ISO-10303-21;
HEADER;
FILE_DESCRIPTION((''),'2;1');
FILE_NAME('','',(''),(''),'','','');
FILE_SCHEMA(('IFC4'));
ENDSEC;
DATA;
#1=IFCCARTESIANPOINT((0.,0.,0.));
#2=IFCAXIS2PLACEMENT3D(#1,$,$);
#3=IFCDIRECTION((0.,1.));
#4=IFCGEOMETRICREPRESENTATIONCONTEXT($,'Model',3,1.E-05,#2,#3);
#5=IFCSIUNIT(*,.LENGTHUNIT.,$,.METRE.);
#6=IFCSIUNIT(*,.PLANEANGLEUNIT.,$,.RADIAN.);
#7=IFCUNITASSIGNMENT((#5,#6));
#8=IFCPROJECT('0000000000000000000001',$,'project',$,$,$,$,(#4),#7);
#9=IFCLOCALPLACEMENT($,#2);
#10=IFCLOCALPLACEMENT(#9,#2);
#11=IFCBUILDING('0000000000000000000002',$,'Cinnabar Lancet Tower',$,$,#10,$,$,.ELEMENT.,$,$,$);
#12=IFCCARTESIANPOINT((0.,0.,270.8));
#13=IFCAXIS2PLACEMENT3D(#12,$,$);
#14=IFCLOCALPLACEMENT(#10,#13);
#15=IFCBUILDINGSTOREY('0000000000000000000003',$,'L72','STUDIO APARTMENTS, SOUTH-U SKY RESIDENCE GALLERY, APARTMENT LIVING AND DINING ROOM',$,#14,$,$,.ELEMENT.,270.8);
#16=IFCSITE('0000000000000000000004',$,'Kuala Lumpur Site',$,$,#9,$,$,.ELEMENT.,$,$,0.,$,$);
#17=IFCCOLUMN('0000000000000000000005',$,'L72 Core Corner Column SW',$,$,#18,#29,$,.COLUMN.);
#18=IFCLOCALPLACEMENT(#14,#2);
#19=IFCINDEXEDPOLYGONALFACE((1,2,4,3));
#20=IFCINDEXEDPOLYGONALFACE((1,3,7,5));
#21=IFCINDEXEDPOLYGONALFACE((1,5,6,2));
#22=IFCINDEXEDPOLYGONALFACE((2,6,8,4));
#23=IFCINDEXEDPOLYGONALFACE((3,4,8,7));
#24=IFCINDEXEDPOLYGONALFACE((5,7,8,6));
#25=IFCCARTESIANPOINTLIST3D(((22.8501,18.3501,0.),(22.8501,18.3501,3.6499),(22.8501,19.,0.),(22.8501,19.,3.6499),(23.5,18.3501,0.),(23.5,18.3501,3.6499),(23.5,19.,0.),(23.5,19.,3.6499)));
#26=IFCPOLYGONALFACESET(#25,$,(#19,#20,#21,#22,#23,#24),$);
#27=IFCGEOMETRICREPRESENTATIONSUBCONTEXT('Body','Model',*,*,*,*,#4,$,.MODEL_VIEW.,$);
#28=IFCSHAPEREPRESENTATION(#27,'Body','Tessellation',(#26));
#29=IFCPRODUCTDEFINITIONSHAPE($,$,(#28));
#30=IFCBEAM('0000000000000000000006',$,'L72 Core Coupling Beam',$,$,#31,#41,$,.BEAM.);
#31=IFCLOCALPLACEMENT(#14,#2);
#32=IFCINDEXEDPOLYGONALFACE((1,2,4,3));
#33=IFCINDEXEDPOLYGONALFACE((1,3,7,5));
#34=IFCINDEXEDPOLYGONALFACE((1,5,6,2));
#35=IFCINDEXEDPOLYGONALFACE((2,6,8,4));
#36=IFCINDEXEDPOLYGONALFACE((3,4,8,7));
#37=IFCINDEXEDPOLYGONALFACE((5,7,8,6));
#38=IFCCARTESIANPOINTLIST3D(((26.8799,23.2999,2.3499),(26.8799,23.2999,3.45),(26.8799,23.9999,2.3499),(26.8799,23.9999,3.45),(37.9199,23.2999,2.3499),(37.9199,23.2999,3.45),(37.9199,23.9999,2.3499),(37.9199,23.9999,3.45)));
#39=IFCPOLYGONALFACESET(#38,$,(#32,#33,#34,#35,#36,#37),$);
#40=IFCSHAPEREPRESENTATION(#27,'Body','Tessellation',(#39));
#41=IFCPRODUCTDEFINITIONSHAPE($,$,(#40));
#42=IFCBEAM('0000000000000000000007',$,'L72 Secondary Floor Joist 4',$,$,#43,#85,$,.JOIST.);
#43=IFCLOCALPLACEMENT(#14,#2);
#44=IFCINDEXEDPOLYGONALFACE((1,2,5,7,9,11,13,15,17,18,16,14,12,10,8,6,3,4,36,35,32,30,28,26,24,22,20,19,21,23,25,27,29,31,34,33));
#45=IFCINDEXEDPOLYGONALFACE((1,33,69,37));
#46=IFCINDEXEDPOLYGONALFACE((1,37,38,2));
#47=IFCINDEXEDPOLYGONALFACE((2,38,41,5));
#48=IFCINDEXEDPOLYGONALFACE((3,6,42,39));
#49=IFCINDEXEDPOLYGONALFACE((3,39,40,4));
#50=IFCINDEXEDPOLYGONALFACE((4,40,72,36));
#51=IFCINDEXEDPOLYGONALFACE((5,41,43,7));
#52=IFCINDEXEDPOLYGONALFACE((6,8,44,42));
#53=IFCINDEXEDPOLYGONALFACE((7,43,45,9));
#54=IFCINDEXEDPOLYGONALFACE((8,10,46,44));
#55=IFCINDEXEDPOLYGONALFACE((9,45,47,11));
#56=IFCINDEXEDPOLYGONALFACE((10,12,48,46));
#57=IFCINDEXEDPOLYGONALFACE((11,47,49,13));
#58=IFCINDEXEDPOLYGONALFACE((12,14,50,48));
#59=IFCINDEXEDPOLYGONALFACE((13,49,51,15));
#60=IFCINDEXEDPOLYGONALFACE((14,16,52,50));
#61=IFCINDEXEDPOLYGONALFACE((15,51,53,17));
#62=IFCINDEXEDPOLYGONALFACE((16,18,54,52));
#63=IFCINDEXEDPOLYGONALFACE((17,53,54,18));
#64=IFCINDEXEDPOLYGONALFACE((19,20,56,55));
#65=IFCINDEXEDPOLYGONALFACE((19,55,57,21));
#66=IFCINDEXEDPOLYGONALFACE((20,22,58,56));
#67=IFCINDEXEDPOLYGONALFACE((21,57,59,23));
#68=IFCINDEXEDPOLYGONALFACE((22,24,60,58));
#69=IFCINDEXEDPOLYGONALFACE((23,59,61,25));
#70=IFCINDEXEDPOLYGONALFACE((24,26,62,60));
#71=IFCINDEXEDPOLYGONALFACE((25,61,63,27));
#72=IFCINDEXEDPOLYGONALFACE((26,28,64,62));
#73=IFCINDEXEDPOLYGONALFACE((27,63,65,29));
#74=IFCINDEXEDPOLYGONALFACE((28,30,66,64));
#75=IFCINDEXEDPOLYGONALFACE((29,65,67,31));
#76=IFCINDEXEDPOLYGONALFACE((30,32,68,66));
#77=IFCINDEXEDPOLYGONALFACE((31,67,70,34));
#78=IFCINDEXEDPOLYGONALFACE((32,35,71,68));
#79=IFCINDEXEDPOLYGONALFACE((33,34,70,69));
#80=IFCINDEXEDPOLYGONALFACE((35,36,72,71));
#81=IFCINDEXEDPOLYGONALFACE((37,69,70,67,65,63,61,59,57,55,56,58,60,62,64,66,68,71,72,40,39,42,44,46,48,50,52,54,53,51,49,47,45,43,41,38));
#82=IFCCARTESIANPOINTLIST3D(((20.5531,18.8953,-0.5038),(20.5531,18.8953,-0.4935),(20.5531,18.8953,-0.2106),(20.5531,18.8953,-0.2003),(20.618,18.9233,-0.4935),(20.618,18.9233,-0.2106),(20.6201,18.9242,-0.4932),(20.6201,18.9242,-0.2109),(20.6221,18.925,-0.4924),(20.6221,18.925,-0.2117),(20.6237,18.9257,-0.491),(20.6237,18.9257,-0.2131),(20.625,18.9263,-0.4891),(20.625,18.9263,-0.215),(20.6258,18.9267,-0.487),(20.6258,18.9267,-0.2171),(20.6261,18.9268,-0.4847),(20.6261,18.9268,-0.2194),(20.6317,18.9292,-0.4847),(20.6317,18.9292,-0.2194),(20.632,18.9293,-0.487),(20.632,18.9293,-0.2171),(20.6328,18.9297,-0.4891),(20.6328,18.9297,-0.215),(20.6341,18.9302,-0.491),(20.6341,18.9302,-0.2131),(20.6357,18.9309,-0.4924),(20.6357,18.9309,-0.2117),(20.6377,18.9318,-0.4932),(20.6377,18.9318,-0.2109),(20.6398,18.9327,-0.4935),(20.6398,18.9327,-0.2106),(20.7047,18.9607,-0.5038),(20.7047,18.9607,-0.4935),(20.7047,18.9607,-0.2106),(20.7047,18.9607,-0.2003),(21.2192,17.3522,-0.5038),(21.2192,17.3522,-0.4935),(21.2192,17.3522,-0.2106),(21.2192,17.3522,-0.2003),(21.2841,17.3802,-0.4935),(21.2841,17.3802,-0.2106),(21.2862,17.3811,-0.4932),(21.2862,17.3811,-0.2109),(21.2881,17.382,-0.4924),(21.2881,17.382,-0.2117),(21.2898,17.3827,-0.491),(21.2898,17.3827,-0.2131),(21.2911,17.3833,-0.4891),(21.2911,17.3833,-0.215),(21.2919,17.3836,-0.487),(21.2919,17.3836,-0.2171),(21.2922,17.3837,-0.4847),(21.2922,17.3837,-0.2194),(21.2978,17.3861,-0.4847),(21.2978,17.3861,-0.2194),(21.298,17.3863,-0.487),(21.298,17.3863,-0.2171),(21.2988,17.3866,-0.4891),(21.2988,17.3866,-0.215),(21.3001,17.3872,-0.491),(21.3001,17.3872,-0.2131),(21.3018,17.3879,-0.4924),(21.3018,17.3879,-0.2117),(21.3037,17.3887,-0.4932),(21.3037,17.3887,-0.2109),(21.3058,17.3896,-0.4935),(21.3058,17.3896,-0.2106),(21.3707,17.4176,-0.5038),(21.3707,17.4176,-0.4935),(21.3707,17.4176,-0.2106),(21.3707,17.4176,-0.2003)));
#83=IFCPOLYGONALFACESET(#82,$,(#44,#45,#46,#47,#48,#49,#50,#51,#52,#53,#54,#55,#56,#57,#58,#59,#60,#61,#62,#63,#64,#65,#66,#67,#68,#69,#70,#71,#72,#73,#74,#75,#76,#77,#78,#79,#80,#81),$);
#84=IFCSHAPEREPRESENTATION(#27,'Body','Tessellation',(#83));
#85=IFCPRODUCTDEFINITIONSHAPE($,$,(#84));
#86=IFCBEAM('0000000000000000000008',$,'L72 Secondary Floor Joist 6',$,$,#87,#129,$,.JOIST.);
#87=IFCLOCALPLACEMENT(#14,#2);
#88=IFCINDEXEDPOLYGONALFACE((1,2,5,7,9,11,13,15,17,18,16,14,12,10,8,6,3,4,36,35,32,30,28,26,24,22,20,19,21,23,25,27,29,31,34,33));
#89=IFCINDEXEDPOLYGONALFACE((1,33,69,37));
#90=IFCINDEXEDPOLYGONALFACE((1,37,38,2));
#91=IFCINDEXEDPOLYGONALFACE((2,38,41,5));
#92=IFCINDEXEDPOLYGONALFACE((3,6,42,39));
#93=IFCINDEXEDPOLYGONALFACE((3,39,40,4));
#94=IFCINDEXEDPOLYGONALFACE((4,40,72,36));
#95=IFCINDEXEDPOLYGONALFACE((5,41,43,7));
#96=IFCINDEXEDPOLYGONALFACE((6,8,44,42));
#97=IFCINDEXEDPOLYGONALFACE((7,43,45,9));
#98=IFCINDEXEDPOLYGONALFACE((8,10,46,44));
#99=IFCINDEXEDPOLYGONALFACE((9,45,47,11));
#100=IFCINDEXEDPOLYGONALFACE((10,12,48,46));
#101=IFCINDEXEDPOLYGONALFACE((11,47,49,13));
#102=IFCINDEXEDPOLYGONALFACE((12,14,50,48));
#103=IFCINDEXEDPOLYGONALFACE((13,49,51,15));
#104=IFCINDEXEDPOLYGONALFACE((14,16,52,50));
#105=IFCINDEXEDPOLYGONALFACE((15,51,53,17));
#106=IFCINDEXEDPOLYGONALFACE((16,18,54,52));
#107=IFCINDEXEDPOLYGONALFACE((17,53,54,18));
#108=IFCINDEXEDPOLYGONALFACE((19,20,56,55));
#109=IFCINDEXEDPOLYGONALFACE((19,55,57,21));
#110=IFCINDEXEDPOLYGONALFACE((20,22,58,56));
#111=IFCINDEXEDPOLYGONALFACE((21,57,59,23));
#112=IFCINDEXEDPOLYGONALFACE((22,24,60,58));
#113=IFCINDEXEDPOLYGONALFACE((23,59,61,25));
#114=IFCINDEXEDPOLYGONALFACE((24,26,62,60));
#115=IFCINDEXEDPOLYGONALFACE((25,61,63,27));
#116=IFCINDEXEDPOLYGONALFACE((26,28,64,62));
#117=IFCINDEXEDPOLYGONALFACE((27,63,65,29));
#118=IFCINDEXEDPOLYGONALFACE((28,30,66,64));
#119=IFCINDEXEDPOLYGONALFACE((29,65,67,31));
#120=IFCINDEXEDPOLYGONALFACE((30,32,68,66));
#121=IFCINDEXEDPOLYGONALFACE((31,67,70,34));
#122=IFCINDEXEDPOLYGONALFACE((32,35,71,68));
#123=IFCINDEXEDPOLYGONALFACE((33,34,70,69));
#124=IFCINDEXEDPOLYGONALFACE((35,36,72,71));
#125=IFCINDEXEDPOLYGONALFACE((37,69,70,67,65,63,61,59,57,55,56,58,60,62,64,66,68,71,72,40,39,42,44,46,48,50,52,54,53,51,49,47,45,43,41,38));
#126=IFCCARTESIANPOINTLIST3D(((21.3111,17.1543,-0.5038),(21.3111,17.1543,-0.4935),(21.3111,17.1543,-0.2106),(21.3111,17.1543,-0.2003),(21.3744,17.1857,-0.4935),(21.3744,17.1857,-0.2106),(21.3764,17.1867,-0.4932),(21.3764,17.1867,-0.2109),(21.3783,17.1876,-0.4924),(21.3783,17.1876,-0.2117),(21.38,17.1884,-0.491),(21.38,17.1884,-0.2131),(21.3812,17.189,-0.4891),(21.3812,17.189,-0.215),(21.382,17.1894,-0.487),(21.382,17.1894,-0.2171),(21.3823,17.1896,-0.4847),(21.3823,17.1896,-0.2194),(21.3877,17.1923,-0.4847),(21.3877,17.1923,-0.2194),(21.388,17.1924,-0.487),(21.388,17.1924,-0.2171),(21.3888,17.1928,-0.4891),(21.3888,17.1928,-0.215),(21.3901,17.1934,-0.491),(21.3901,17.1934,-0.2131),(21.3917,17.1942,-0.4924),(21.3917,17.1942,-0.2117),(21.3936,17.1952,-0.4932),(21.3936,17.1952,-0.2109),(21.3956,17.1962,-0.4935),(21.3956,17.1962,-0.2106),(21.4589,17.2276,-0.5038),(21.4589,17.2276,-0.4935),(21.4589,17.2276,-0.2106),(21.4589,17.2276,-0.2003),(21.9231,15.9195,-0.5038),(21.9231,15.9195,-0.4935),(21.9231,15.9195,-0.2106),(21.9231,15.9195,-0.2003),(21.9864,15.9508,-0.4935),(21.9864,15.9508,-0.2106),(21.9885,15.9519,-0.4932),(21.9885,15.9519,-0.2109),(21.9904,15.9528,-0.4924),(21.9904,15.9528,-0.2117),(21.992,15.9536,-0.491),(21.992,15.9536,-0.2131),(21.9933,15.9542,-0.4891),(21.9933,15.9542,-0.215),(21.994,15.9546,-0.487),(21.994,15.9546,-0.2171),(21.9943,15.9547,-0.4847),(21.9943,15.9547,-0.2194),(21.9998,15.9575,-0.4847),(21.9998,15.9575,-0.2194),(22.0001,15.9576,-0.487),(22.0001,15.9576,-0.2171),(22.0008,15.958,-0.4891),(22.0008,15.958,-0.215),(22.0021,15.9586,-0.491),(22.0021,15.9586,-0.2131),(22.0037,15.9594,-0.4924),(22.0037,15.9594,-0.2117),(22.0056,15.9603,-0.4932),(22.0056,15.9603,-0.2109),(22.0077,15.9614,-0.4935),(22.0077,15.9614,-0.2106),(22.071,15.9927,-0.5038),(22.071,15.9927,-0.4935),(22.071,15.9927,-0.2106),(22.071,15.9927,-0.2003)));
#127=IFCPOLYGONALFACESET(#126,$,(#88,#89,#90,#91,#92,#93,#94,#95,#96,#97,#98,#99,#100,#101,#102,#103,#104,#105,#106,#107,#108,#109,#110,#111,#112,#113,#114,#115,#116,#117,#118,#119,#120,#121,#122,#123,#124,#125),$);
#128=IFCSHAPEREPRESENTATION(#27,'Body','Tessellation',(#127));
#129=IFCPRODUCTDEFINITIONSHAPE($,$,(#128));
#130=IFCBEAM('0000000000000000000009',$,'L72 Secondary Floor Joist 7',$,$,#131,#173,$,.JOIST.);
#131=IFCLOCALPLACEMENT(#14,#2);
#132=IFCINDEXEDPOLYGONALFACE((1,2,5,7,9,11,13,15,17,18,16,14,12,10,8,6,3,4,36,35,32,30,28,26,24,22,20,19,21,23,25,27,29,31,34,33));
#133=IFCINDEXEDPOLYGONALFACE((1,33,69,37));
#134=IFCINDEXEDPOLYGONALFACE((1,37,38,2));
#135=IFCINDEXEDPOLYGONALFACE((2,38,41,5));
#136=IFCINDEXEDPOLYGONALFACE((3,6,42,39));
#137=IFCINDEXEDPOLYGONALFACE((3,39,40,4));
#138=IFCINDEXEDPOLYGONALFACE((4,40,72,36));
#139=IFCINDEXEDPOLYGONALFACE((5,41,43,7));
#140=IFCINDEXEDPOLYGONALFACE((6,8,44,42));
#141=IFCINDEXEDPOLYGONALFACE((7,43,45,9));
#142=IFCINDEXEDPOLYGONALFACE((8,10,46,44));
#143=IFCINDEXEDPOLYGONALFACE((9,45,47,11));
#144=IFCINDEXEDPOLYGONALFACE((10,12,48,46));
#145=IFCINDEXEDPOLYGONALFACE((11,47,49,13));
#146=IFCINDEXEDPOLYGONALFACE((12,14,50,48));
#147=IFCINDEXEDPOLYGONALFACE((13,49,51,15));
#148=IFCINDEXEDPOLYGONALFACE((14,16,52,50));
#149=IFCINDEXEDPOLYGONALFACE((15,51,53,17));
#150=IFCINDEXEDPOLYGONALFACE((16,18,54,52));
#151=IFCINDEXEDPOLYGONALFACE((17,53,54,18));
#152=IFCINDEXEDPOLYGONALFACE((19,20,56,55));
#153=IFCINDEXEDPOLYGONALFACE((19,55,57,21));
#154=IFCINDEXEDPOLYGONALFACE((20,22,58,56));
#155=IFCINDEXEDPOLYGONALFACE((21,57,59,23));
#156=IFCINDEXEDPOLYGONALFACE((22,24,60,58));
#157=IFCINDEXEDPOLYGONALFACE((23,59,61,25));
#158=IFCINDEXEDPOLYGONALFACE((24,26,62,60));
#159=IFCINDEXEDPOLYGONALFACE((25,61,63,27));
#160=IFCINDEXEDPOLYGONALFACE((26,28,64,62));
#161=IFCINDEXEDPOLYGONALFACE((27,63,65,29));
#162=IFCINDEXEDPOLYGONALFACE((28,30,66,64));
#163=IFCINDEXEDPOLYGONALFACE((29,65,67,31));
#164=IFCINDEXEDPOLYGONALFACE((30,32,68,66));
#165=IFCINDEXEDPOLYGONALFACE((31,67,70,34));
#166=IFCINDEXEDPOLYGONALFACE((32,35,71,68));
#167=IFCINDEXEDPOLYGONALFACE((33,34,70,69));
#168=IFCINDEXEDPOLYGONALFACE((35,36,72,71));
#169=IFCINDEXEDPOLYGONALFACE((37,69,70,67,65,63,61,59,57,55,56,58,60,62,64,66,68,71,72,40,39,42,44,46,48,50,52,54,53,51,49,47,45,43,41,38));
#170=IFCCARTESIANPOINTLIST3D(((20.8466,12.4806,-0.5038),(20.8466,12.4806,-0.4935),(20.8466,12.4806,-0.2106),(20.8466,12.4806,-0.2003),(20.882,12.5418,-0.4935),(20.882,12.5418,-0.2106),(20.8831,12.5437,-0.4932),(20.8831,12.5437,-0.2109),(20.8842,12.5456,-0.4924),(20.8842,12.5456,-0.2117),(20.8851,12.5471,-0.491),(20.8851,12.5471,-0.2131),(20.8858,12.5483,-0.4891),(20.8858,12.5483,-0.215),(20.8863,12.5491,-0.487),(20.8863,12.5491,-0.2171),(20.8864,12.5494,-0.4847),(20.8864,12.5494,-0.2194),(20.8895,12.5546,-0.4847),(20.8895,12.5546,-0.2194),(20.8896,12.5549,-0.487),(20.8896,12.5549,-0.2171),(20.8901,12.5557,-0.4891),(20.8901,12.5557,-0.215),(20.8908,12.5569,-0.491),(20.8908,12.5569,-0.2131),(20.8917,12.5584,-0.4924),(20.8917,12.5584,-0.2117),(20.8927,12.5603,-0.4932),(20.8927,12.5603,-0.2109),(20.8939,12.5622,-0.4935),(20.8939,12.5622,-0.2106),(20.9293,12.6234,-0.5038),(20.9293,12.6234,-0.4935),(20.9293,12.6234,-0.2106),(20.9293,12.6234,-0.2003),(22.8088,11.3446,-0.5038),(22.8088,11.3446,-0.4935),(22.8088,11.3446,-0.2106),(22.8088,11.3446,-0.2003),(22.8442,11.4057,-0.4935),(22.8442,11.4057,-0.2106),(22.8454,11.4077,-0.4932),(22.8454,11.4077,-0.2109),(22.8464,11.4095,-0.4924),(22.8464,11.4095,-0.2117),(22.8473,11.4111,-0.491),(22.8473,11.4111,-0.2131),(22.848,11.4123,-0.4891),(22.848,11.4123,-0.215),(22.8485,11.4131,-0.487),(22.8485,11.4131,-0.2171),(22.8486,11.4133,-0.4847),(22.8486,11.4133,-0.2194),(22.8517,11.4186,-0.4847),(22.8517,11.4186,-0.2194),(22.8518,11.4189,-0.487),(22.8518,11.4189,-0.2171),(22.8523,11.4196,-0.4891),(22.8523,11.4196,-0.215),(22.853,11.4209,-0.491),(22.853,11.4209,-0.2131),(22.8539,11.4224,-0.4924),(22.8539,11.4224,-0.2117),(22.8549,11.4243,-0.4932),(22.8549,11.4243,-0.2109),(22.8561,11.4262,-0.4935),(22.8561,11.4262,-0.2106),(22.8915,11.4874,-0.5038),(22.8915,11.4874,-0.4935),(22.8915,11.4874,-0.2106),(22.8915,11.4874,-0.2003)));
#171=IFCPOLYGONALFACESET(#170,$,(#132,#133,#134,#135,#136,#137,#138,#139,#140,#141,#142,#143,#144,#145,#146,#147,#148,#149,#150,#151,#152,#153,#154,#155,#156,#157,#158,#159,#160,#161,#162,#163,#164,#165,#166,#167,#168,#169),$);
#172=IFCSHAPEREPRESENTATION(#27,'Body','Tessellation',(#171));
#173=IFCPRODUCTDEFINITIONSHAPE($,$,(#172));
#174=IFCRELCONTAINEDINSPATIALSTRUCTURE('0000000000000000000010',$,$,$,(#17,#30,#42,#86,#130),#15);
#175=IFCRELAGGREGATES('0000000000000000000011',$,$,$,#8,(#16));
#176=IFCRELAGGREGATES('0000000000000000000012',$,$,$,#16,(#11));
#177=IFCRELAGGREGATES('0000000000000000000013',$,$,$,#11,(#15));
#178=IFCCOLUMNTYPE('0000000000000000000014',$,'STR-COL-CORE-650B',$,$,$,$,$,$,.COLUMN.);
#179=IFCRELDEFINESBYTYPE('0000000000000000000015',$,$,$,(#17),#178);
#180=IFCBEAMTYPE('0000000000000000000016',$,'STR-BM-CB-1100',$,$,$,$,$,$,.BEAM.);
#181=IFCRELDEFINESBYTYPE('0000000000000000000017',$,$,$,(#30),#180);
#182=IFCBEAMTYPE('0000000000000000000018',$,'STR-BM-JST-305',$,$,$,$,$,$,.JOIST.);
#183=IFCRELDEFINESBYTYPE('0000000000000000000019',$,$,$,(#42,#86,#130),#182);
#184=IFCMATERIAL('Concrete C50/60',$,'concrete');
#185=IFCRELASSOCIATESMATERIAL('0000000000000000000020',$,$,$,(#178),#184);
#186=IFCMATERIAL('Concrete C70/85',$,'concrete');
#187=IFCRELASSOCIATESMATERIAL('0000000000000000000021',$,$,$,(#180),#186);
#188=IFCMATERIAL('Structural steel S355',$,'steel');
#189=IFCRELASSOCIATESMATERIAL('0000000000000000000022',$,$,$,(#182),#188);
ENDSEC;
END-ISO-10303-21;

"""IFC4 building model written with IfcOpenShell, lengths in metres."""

from ifc_helpers import new_model, si_unit, direction, frame, origin, origin_2d, place, context, subcontext, project, spatial, rectangle, i_section, extrude, material, material_profile, profile_set, type_object, element, save


model = new_model("IFC4")

# Units and contexts
model_context = context("Model", 3, precision=1e-05, world=origin(), true_north=direction((0.0, 1.0)))
body_context = subcontext(model_context, "Body", "Model", "MODEL_VIEW")
ifc_project = project(units=[si_unit("LENGTHUNIT", "METRE"), si_unit("PLANEANGLEUNIT", "RADIAN")], contexts=[model_context])

# Site, building, storey
site_placement = place(None, origin())
site = spatial("IfcSite", under=ifc_project, at=site_placement, Name="Kuala Lumpur Site", CompositionType="ELEMENT", RefElevation=0.0)
building_placement = place(site_placement, origin())
building = spatial("IfcBuilding", under=site, at=building_placement, Name="Cinnabar Lancet Tower", CompositionType="ELEMENT")
storey_placement = place(building_placement, frame((0.0, 0.0, 270.8)))
storey = spatial("IfcBuildingStorey", under=building, at=storey_placement, Name="L72", Description="STUDIO APARTMENTS, SOUTH-U SKY RESIDENCE GALLERY, APARTMENT LIVING AND DINING ROOM", CompositionType="ELEMENT", Elevation=270.8)

# Column
ifc_material_1 = material(Name="Concrete C50/60", Category="concrete")
ifc_material_profile_1 = material_profile(ifc_material_1, rectangle(XDim=0.6499, YDim=0.6499, at=origin_2d()), Name="RC-COL 650x650")
ifc_profile_set_1 = profile_set([ifc_material_profile_1], Name="Concrete C50/60")
column_type = type_object("IfcColumnType", Name="STR-COL-CORE-650B", PredefinedType="COLUMN", material=ifc_profile_set_1)
column_placement = place(storey_placement, frame((23.175, 18.675, 0.0), z_axis=(0.0, 0.0, 1.0), x_axis=(1.0, 0.0, 0.0)))
element("IfcColumn", 1, at=column_placement, inside=storey, type_object=column_type, Name="L72 Core Corner Column SW", PredefinedType="COLUMN", context=body_context, shape_type="SweptSolid", body=[
    extrude(rectangle(XDim=0.6499, YDim=0.6499, at=origin_2d()), origin(), (0.0, 0.0, 1.0), 3.6499),
])

# Beams
ifc_material_2 = material(Name="Concrete C70/85", Category="concrete")
ifc_material_profile_2 = material_profile(ifc_material_2, rectangle(XDim=0.7, YDim=1.1001, at=origin_2d()), Name="RC-CB 700x1100")
ifc_profile_set_2 = profile_set([ifc_material_profile_2], Name="Concrete C70/85")
beam_type_1 = type_object("IfcBeamType", Name="STR-BM-CB-1100", PredefinedType="BEAM", material=ifc_profile_set_2)
beam_1_placement = place(storey_placement, frame((26.8799, 23.6499, 2.8999), z_axis=(1.0, 0.0, 0.0), x_axis=(0.0, 1.0, 0.0)))
element("IfcBeam", 2, at=beam_1_placement, inside=storey, type_object=beam_type_1, Name="L72 Core Coupling Beam", PredefinedType="BEAM", context=body_context, shape_type="SweptSolid", body=[
    extrude(rectangle(XDim=0.7, YDim=1.1001, at=origin_2d()), origin(), (0.0, 0.0, 1.0), 11.04),
])
ifc_material_3 = material(Name="Structural steel S355", Category="steel")
ifc_material_profile_3 = material_profile(ifc_material_3, i_section(OverallWidth=0.165, OverallDepth=0.3035, WebThickness=0.0061, FlangeThickness=0.0103, FilletRadius=0.0088, at=origin_2d()), Name="UKB 305x165x40")
ifc_profile_set_3 = profile_set([ifc_material_profile_3], Name="Structural steel S355")
beam_type_2 = type_object("IfcBeamType", Name="STR-BM-JST-305", PredefinedType="JOIST", material=ifc_profile_set_3)
beam_2_placement = place(storey_placement, frame((20.6289, 18.928, -0.3521), z_axis=(0.396302, -0.91812, 0.0), x_axis=(0.91812, 0.396302, 0.0)))
element("IfcBeam", 3, at=beam_2_placement, inside=storey, type_object=beam_type_2, Name="L72 Secondary Floor Joist 4", PredefinedType="JOIST", context=body_context, shape_type="SweptSolid", body=[
    extrude(i_section(OverallWidth=0.165, OverallDepth=0.3035, WebThickness=0.0061, FlangeThickness=0.0103, FilletRadius=0.0088, at=origin_2d()), origin(), (0.0, 0.0, 1.0), 1.6807),
])
beam_3_placement = place(storey_placement, frame((21.385, 17.1909, -0.3521), z_axis=(0.444093, -0.895981, 0.0), x_axis=(0.895981, 0.444093, 0.0)))
element("IfcBeam", 4, at=beam_3_placement, inside=storey, type_object=beam_type_2, Name="L72 Secondary Floor Joist 6", PredefinedType="JOIST", context=body_context, shape_type="SweptSolid", body=[
    extrude(i_section(OverallWidth=0.165, OverallDepth=0.3035, WebThickness=0.0061, FlangeThickness=0.0103, FilletRadius=0.0088, at=origin_2d()), origin(), (0.0, 0.0, 1.0), 1.3782),
])
beam_4_placement = place(storey_placement, frame((20.8879, 12.552, -0.3521), z_axis=(0.865426, -0.501036, 0.0), x_axis=(0.501036, 0.865426, 0.0)))
element("IfcBeam", 5, at=beam_4_placement, inside=storey, type_object=beam_type_2, Name="L72 Secondary Floor Joist 7", PredefinedType="JOIST", context=body_context, shape_type="SweptSolid", body=[
    extrude(i_section(OverallWidth=0.165, OverallDepth=0.3035, WebThickness=0.0061, FlangeThickness=0.0103, FilletRadius=0.0088, at=origin_2d()), origin(), (0.0, 0.0, 1.0), 2.2673),
])

save(model, "model.ifc")
